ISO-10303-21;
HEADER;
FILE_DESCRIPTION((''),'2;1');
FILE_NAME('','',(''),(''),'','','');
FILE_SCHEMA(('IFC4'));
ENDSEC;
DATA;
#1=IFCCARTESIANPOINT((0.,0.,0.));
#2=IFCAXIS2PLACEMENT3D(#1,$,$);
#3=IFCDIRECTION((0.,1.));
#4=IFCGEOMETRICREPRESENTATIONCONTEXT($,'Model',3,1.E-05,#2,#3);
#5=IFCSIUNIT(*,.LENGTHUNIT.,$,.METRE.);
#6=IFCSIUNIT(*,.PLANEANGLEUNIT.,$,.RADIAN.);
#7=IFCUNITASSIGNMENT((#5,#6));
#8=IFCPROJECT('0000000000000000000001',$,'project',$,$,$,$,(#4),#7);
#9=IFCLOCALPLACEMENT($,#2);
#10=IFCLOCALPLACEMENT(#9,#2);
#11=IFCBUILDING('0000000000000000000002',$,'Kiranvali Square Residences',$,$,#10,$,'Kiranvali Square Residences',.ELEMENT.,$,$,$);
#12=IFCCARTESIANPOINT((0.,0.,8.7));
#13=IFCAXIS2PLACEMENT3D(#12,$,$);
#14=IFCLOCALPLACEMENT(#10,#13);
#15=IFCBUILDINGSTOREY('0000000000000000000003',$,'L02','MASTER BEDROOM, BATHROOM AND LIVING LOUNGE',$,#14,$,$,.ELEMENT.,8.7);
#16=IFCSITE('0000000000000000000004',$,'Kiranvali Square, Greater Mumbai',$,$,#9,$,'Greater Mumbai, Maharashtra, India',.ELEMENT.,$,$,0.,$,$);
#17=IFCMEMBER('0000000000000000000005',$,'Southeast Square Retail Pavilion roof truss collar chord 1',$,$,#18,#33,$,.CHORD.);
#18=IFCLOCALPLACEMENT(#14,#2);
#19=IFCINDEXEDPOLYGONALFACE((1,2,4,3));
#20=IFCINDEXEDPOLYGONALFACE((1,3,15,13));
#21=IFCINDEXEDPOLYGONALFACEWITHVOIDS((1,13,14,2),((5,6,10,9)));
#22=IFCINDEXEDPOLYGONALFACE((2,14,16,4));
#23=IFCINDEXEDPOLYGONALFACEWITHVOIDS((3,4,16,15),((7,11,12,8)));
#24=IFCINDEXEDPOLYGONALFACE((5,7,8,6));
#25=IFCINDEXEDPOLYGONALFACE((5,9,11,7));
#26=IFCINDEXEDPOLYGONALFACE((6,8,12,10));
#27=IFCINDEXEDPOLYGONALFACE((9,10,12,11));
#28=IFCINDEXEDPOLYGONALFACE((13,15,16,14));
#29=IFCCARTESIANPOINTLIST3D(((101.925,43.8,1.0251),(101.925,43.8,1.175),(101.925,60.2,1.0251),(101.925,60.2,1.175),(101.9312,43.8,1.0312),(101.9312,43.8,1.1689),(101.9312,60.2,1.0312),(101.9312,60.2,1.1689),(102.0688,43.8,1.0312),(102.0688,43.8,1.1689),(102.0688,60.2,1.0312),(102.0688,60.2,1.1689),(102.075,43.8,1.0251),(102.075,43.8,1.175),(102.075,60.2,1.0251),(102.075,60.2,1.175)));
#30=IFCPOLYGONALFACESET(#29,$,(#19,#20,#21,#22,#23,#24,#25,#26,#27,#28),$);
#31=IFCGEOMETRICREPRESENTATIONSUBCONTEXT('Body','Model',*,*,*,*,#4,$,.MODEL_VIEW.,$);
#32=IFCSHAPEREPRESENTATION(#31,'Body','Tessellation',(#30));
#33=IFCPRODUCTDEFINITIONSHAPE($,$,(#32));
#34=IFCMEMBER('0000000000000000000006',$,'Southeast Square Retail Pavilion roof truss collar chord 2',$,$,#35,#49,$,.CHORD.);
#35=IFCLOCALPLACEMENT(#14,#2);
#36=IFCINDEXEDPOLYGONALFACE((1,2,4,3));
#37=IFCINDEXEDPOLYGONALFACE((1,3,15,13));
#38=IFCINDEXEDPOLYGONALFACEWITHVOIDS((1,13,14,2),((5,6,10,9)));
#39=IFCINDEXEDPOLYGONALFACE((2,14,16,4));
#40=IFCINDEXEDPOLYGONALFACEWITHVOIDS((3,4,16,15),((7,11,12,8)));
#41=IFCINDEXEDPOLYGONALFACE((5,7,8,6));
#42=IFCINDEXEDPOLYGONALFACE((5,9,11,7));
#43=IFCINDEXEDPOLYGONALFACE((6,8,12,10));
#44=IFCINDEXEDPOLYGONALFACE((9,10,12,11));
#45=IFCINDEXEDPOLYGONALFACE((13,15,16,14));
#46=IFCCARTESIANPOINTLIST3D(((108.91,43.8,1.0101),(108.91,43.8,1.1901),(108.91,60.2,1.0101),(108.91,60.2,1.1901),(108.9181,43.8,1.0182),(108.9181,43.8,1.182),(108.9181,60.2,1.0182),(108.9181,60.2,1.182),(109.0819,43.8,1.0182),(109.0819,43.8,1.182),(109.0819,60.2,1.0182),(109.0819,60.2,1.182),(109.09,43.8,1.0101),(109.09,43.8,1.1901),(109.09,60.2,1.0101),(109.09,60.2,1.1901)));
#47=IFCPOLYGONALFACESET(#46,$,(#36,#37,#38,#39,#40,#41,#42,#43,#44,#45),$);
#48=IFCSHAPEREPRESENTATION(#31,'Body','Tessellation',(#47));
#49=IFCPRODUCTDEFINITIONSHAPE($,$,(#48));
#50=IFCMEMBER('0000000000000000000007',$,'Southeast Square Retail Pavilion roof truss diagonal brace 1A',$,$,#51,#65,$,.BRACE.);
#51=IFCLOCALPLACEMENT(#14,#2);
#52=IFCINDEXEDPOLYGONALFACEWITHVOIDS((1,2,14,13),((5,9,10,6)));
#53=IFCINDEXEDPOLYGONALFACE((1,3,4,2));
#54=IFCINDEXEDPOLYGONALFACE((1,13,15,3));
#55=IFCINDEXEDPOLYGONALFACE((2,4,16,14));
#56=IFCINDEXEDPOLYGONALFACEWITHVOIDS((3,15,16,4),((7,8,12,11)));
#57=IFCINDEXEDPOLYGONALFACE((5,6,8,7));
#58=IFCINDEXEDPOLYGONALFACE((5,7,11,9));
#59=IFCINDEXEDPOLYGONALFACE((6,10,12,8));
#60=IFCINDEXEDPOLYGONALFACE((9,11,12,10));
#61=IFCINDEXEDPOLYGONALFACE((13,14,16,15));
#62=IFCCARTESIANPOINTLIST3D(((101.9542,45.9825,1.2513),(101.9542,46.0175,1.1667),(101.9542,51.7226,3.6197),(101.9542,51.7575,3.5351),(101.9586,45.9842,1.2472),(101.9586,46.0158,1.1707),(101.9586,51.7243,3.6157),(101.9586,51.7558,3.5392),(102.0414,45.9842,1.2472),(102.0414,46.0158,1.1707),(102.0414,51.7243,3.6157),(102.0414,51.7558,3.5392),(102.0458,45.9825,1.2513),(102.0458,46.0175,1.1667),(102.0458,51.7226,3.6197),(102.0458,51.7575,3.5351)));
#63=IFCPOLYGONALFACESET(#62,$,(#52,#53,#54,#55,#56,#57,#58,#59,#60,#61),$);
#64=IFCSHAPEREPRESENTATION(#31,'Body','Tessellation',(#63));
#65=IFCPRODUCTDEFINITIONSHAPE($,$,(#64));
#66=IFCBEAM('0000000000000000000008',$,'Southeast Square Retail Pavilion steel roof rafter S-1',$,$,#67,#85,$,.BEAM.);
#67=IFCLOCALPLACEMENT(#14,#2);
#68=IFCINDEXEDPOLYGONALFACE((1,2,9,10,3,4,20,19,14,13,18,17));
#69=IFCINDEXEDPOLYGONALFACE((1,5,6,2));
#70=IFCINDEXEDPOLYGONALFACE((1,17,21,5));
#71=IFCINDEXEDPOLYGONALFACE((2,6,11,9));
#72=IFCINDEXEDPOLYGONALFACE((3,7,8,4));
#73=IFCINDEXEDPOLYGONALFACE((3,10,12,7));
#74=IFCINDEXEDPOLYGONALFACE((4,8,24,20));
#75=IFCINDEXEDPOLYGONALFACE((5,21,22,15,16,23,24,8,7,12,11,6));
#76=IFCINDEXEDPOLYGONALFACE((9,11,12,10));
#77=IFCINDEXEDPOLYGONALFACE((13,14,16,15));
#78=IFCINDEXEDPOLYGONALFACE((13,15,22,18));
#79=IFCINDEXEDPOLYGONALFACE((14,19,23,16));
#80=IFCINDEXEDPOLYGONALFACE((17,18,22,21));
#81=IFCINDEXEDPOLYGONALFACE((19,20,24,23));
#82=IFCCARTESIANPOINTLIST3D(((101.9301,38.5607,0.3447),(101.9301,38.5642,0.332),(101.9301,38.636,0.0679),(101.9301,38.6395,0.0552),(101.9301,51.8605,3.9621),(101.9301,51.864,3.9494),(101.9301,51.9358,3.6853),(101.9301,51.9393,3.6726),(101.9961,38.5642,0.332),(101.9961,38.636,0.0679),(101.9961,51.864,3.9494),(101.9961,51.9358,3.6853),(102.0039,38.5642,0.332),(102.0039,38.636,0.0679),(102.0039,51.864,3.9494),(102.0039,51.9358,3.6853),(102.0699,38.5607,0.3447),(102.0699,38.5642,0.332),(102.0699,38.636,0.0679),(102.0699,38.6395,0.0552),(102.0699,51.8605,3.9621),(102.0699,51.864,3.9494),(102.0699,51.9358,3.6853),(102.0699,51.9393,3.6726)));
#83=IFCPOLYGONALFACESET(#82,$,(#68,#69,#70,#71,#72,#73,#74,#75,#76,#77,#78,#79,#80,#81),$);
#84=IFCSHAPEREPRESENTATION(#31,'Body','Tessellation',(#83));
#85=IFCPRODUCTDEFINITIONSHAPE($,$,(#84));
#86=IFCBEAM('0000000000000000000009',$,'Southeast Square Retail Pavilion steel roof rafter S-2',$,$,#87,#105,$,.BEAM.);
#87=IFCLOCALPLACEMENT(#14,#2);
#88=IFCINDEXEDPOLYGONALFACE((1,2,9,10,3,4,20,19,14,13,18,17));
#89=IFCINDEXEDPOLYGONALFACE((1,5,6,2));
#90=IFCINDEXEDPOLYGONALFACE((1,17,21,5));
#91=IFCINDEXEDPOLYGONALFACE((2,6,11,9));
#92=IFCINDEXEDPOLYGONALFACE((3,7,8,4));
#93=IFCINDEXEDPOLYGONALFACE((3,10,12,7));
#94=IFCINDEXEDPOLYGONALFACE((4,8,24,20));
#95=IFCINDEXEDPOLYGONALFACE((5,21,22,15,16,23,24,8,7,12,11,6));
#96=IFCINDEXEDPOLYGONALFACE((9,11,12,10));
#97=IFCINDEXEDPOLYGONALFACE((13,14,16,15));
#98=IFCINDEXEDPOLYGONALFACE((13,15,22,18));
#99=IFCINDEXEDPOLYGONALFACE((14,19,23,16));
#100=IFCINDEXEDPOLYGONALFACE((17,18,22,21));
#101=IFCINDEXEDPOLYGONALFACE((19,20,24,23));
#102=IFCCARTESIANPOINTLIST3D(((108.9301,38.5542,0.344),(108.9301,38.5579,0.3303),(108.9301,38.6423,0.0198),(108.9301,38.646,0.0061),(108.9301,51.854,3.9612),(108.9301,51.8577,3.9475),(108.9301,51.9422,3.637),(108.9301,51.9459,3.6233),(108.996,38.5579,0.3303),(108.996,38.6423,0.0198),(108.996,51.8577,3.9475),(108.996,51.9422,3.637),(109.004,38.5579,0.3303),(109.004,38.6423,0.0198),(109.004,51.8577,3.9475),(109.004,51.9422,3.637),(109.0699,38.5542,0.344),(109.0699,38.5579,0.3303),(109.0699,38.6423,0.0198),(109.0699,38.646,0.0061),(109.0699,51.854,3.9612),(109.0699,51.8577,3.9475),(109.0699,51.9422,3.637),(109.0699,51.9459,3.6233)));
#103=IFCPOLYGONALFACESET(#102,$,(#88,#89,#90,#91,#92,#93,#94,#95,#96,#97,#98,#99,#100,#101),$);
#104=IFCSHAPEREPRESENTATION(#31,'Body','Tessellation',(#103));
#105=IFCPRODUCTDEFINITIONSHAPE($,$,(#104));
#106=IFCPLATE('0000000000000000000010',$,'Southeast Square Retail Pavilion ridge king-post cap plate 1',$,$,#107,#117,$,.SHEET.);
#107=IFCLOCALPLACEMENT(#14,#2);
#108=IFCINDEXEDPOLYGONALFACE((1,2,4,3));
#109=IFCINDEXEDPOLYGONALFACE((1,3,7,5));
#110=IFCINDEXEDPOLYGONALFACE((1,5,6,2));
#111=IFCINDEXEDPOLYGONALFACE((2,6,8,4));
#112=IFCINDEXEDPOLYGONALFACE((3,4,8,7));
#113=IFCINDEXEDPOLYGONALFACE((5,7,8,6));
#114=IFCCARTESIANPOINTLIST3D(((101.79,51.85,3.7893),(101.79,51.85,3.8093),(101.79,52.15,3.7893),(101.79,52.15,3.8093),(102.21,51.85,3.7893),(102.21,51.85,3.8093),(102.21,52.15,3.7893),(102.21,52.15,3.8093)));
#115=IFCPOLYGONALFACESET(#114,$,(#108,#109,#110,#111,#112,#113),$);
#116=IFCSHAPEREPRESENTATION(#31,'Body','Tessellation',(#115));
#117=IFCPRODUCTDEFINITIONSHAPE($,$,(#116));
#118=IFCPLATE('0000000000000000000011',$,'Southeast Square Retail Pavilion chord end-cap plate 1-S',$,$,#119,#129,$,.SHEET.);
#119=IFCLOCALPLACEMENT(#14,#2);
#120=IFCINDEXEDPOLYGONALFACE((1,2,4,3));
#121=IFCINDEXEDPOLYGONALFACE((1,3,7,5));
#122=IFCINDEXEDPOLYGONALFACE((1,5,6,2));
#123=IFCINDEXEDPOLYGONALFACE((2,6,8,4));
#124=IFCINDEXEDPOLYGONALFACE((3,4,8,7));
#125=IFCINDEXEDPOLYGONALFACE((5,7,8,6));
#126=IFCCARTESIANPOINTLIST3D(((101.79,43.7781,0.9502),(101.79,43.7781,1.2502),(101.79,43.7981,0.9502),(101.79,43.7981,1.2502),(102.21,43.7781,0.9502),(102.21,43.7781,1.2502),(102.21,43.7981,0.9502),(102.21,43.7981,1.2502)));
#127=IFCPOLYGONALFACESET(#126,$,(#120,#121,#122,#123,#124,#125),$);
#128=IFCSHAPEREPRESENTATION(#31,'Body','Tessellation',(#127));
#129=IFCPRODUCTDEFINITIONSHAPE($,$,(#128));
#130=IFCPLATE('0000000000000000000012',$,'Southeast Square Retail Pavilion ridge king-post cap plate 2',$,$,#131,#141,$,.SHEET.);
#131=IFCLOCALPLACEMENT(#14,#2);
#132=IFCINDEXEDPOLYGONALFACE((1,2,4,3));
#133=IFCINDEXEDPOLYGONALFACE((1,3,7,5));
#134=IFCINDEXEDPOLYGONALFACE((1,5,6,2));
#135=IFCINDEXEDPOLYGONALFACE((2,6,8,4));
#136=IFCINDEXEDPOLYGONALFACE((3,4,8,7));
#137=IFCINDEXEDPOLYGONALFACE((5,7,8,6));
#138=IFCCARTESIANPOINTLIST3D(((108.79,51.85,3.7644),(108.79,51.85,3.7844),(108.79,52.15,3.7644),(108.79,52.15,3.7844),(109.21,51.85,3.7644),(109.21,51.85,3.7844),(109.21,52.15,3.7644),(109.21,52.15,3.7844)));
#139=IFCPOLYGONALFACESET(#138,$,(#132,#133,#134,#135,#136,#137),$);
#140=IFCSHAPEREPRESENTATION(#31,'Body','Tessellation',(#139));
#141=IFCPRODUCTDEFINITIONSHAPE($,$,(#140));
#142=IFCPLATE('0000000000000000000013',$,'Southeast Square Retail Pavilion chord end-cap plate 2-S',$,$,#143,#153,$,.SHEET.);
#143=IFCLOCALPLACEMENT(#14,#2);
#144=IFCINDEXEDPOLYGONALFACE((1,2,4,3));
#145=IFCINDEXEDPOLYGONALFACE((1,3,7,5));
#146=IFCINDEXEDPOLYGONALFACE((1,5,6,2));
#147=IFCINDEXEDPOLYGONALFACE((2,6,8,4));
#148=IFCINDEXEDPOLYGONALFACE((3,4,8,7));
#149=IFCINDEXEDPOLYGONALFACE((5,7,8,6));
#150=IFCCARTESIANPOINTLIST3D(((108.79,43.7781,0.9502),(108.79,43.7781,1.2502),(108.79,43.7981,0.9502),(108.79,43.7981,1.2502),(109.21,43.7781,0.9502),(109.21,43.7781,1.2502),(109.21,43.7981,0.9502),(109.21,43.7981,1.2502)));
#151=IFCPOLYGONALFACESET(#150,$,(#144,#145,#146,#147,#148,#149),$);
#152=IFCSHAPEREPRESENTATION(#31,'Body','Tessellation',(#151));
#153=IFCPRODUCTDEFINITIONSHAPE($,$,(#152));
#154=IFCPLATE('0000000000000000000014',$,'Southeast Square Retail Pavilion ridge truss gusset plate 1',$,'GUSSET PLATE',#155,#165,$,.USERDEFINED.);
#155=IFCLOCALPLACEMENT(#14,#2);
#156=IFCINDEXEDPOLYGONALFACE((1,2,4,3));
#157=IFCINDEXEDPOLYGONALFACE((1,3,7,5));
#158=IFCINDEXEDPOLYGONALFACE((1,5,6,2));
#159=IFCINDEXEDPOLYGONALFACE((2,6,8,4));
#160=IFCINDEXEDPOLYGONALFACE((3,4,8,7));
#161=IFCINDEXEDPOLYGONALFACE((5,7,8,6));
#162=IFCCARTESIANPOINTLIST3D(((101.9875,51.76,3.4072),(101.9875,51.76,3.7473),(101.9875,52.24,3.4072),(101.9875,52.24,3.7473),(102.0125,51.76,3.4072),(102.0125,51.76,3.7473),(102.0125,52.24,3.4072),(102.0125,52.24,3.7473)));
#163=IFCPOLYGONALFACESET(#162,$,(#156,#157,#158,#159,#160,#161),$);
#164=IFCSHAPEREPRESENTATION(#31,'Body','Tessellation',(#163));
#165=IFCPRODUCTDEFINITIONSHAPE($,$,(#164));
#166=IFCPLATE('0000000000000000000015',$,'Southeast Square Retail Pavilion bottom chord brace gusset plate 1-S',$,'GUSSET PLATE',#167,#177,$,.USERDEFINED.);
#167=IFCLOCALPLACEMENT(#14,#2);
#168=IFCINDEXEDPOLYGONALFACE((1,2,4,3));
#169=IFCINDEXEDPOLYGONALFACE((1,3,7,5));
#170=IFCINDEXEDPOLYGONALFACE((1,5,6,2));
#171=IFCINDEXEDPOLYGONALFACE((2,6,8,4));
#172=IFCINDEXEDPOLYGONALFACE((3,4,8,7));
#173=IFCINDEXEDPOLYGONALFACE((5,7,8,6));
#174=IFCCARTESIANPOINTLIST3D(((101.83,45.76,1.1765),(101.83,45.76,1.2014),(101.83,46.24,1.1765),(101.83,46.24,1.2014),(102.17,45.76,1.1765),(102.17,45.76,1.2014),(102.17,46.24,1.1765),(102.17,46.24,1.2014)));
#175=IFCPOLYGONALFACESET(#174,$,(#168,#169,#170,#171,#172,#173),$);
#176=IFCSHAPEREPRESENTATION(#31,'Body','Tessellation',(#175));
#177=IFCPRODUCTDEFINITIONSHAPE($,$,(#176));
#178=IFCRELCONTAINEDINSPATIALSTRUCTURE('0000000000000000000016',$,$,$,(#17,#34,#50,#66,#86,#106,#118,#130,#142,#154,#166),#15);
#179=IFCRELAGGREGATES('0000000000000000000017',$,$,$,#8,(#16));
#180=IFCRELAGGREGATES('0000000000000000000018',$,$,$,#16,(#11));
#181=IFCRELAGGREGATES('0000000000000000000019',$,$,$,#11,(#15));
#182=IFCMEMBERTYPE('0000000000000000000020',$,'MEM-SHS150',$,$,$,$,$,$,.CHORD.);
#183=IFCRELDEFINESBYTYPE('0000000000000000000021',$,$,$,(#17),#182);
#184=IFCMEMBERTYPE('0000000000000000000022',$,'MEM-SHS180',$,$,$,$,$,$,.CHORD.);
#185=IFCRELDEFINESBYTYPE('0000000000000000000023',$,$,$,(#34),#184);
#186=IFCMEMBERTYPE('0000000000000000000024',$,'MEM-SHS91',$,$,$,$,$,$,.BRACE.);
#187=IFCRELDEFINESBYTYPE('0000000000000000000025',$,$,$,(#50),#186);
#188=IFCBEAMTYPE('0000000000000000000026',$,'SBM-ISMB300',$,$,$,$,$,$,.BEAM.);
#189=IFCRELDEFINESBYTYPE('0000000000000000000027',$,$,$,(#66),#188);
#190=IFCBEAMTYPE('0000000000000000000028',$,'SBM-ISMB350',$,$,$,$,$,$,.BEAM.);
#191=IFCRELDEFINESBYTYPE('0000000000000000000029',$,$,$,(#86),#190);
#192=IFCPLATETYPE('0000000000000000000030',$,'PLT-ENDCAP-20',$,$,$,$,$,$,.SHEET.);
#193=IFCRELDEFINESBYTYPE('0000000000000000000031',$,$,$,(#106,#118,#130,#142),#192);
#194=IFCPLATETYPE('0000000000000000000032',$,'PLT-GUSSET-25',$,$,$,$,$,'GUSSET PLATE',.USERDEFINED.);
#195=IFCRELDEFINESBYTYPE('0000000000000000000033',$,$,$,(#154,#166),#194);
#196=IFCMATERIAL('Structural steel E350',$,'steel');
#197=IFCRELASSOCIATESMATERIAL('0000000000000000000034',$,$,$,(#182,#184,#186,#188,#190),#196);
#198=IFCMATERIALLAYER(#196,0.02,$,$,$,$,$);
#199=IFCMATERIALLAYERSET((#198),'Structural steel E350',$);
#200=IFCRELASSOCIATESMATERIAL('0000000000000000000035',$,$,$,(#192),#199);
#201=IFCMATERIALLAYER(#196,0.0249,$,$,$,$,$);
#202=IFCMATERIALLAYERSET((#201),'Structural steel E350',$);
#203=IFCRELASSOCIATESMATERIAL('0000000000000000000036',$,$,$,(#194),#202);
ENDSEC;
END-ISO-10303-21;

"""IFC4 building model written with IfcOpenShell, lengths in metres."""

from ifc_helpers import new_model, si_unit, direction, frame, origin, origin_2d, place, context, subcontext, project, spatial, rectangle, hollow_rectangle, i_section, extrude, material, layer, layer_set, material_profile, profile_set, type_object, element, save


model = new_model("IFC4")

# Units and contexts
model_context = context("Model", 3, precision=1e-05, world=origin(), true_north=direction((0.0, 1.0)))
body_context = subcontext(model_context, "Body", "Model", "MODEL_VIEW")
ifc_project = project(units=[si_unit("LENGTHUNIT", "METRE"), si_unit("PLANEANGLEUNIT", "RADIAN")], contexts=[model_context])

# Site, building, storey
site_placement = place(None, origin())
site = spatial("IfcSite", under=ifc_project, at=site_placement, Name="Kiranvali Square, Greater Mumbai", LongName="Greater Mumbai, Maharashtra, India", CompositionType="ELEMENT", RefElevation=0.0)
building_placement = place(site_placement, origin())
building = spatial("IfcBuilding", under=site, at=building_placement, Name="Kiranvali Square Residences", LongName="Kiranvali Square Residences", CompositionType="ELEMENT")
storey_placement = place(building_placement, frame((0.0, 0.0, 8.7)))
storey = spatial("IfcBuildingStorey", under=building, at=storey_placement, Name="L02", Description="MASTER BEDROOM, BATHROOM AND LIVING LOUNGE", CompositionType="ELEMENT", Elevation=8.7)

# Shared definitions
ifc_material = material(Name="Structural steel E350", Category="steel")

# Members
ifc_material_profile_1 = material_profile(ifc_material, hollow_rectangle(XDim=0.1499, YDim=0.1499, WallThickness=0.0061, at=origin_2d()), Name="SHS 150x150x6.0")
ifc_profile_set_1 = profile_set([ifc_material_profile_1], Name="Structural steel E350")
member_type_1 = type_object("IfcMemberType", Name="MEM-SHS150", PredefinedType="CHORD", material=ifc_profile_set_1)
member_1_placement = place(storey_placement, frame((102.0, 43.8, 1.1001), z_axis=(0.0, 1.0, 0.0), x_axis=(-1.0, 0.0, 0.0)))
element("IfcMember", 1, at=member_1_placement, inside=storey, type_object=member_type_1, Name="Southeast Square Retail Pavilion roof truss collar chord 1", PredefinedType="CHORD", context=body_context, shape_type="SweptSolid", body=[
    extrude(hollow_rectangle(XDim=0.1499, YDim=0.1499, WallThickness=0.0061, at=origin_2d()), origin(), (0.0, 0.0, 1.0), 16.3999),
])
ifc_material_profile_2 = material_profile(ifc_material, hollow_rectangle(XDim=0.1799, YDim=0.1799, WallThickness=0.0081, at=origin_2d()), Name="SHS 180x180x8.0")
ifc_profile_set_2 = profile_set([ifc_material_profile_2], Name="Structural steel E350")
member_type_2 = type_object("IfcMemberType", Name="MEM-SHS180", PredefinedType="CHORD", material=ifc_profile_set_2)
member_2_placement = place(storey_placement, frame((109.0, 43.8, 1.1001), z_axis=(0.0, 1.0, 0.0), x_axis=(-1.0, 0.0, 0.0)))
element("IfcMember", 2, at=member_2_placement, inside=storey, type_object=member_type_2, Name="Southeast Square Retail Pavilion roof truss collar chord 2", PredefinedType="CHORD", context=body_context, shape_type="SweptSolid", body=[
    extrude(hollow_rectangle(XDim=0.1799, YDim=0.1799, WallThickness=0.0081, at=origin_2d()), origin(), (0.0, 0.0, 1.0), 16.3999),
])
ifc_material_profile_3 = material_profile(ifc_material, hollow_rectangle(XDim=0.0916, YDim=0.0916, WallThickness=0.0044, at=origin_2d()), Name="SHS 91.5x91.5x4.5")
ifc_profile_set_3 = profile_set([ifc_material_profile_3], Name="Structural steel E350")
member_type_3 = type_object("IfcMemberType", Name="MEM-SHS91", PredefinedType="BRACE", material=ifc_profile_set_3)
member_3_placement = place(storey_placement, frame((102.0, 46.0, 1.209), z_axis=(0.0, 0.924401, 0.381422), x_axis=(-1.0, 0.0, 0.0)))
element("IfcMember", 3, at=member_3_placement, inside=storey, type_object=member_type_3, Name="Southeast Square Retail Pavilion roof truss diagonal brace 1A", PredefinedType="BRACE", context=body_context, shape_type="SweptSolid", body=[
    extrude(hollow_rectangle(XDim=0.0916, YDim=0.0916, WallThickness=0.0044, at=origin_2d()), origin(), (0.0, 0.0, 1.0), 6.2095),
])

# Beams
ifc_material_profile_4 = material_profile(ifc_material, i_section(OverallWidth=0.1399, OverallDepth=0.3, WebThickness=0.0078, FlangeThickness=0.0132, at=origin_2d()), Name="ISMB 300")
ifc_profile_set_4 = profile_set([ifc_material_profile_4], Name="Structural steel E350")
beam_type_1 = type_object("IfcBeamType", Name="SBM-ISMB300", PredefinedType="BEAM", material=ifc_profile_set_4)
beam_1_placement = place(storey_placement, frame((102.0, 38.6001, 0.2), z_axis=(0.0, 0.964944, 0.262456), x_axis=(-1.0, 0.0, 0.0)))
element("IfcBeam", 4, at=beam_1_placement, inside=storey, type_object=beam_type_1, Name="Southeast Square Retail Pavilion steel roof rafter S-1", PredefinedType="BEAM", context=body_context, shape_type="SweptSolid", body=[
    extrude(i_section(OverallWidth=0.1399, OverallDepth=0.3, WebThickness=0.0078, FlangeThickness=0.0132, at=origin_2d()), origin(), (0.0, 0.0, 1.0), 13.783),
])
ifc_material_profile_5 = material_profile(ifc_material, i_section(OverallWidth=0.1399, OverallDepth=0.3501, WebThickness=0.0081, FlangeThickness=0.0142, at=origin_2d()), Name="ISMB 350")
ifc_profile_set_5 = profile_set([ifc_material_profile_5], Name="Structural steel E350")
beam_type_2 = type_object("IfcBeamType", Name="SBM-ISMB350", PredefinedType="BEAM", material=ifc_profile_set_5)
beam_2_placement = place(storey_placement, frame((109.0, 38.6001, 0.175), z_axis=(0.0, 0.964948, 0.26244), x_axis=(-1.0, 0.0, 0.0)))
element("IfcBeam", 5, at=beam_2_placement, inside=storey, type_object=beam_type_2, Name="Southeast Square Retail Pavilion steel roof rafter S-2", PredefinedType="BEAM", context=body_context, shape_type="SweptSolid", body=[
    extrude(i_section(OverallWidth=0.1399, OverallDepth=0.3501, WebThickness=0.0081, FlangeThickness=0.0142, at=origin_2d()), origin(), (0.0, 0.0, 1.0), 13.783),
])

# Plates
ifc_layer_1 = layer(ifc_material, 0.02)
ifc_layer_set_1 = layer_set([ifc_layer_1], Name="Structural steel E350")
plate_type_1 = type_object("IfcPlateType", Name="PLT-ENDCAP-20", PredefinedType="SHEET", material=ifc_layer_set_1)
plate_1_placement = place(storey_placement, frame((102.0, 52.0, 3.7893), z_axis=(0.0, 0.0, 1.0), x_axis=(1.0, 0.0, 0.0)))
element("IfcPlate", 6, at=plate_1_placement, inside=storey, type_object=plate_type_1, Name="Southeast Square Retail Pavilion ridge king-post cap plate 1", PredefinedType="SHEET", context=body_context, shape_type="SweptSolid", body=[
    extrude(rectangle(XDim=0.4199, YDim=0.3, at=origin_2d()), origin(), (0.0, 0.0, 1.0), 0.02),
])
plate_2_placement = place(storey_placement, frame((102.0, 43.7881, 0.9502), z_axis=(0.0, 0.0, 1.0), x_axis=(1.0, 0.0, 0.0)))
element("IfcPlate", 7, at=plate_2_placement, inside=storey, type_object=plate_type_1, Name="Southeast Square Retail Pavilion chord end-cap plate 1-S", PredefinedType="SHEET", context=body_context, shape_type="SweptSolid", body=[
    extrude(rectangle(XDim=0.4199, YDim=0.02, at=origin_2d()), origin(), (0.0, 0.0, 1.0), 0.3),
])
plate_3_placement = place(storey_placement, frame((109.0, 52.0, 3.7644), z_axis=(0.0, 0.0, 1.0), x_axis=(1.0, 0.0, 0.0)))
element("IfcPlate", 8, at=plate_3_placement, inside=storey, type_object=plate_type_1, Name="Southeast Square Retail Pavilion ridge king-post cap plate 2", PredefinedType="SHEET", context=body_context, shape_type="SweptSolid", body=[
    extrude(rectangle(XDim=0.4199, YDim=0.3, at=origin_2d()), origin(), (0.0, 0.0, 1.0), 0.02),
])
plate_4_placement = place(storey_placement, frame((109.0, 43.7881, 0.9502), z_axis=(0.0, 0.0, 1.0), x_axis=(1.0, 0.0, 0.0)))
element("IfcPlate", 9, at=plate_4_placement, inside=storey, type_object=plate_type_1, Name="Southeast Square Retail Pavilion chord end-cap plate 2-S", PredefinedType="SHEET", context=body_context, shape_type="SweptSolid", body=[
    extrude(rectangle(XDim=0.4199, YDim=0.02, at=origin_2d()), origin(), (0.0, 0.0, 1.0), 0.3),
])
ifc_layer_2 = layer(ifc_material, 0.0249)
ifc_layer_set_2 = layer_set([ifc_layer_2], Name="Structural steel E350")
plate_type_2 = type_object("IfcPlateType", Name="PLT-GUSSET-25", ElementType="GUSSET PLATE", PredefinedType="USERDEFINED", material=ifc_layer_set_2)
plate_5_placement = place(storey_placement, frame((102.0, 52.0, 3.4072), z_axis=(0.0, 0.0, 1.0), x_axis=(1.0, 0.0, 0.0)))
element("IfcPlate", 10, at=plate_5_placement, inside=storey, type_object=plate_type_2, Name="Southeast Square Retail Pavilion ridge truss gusset plate 1", ObjectType="GUSSET PLATE", PredefinedType="USERDEFINED", context=body_context, shape_type="SweptSolid", body=[
    extrude(rectangle(XDim=0.0249, YDim=0.48, at=origin_2d()), origin(), (0.0, 0.0, 1.0), 0.3401),
])
plate_6_placement = place(storey_placement, frame((102.0, 46.0, 1.1765), z_axis=(0.0, 0.0, 1.0), x_axis=(1.0, 0.0, 0.0)))
element("IfcPlate", 11, at=plate_6_placement, inside=storey, type_object=plate_type_2, Name="Southeast Square Retail Pavilion bottom chord brace gusset plate 1-S", ObjectType="GUSSET PLATE", PredefinedType="USERDEFINED", context=body_context, shape_type="SweptSolid", body=[
    extrude(rectangle(XDim=0.3401, YDim=0.48, at=origin_2d()), origin(), (0.0, 0.0, 1.0), 0.0249),
])

save(model, "model.ifc")
